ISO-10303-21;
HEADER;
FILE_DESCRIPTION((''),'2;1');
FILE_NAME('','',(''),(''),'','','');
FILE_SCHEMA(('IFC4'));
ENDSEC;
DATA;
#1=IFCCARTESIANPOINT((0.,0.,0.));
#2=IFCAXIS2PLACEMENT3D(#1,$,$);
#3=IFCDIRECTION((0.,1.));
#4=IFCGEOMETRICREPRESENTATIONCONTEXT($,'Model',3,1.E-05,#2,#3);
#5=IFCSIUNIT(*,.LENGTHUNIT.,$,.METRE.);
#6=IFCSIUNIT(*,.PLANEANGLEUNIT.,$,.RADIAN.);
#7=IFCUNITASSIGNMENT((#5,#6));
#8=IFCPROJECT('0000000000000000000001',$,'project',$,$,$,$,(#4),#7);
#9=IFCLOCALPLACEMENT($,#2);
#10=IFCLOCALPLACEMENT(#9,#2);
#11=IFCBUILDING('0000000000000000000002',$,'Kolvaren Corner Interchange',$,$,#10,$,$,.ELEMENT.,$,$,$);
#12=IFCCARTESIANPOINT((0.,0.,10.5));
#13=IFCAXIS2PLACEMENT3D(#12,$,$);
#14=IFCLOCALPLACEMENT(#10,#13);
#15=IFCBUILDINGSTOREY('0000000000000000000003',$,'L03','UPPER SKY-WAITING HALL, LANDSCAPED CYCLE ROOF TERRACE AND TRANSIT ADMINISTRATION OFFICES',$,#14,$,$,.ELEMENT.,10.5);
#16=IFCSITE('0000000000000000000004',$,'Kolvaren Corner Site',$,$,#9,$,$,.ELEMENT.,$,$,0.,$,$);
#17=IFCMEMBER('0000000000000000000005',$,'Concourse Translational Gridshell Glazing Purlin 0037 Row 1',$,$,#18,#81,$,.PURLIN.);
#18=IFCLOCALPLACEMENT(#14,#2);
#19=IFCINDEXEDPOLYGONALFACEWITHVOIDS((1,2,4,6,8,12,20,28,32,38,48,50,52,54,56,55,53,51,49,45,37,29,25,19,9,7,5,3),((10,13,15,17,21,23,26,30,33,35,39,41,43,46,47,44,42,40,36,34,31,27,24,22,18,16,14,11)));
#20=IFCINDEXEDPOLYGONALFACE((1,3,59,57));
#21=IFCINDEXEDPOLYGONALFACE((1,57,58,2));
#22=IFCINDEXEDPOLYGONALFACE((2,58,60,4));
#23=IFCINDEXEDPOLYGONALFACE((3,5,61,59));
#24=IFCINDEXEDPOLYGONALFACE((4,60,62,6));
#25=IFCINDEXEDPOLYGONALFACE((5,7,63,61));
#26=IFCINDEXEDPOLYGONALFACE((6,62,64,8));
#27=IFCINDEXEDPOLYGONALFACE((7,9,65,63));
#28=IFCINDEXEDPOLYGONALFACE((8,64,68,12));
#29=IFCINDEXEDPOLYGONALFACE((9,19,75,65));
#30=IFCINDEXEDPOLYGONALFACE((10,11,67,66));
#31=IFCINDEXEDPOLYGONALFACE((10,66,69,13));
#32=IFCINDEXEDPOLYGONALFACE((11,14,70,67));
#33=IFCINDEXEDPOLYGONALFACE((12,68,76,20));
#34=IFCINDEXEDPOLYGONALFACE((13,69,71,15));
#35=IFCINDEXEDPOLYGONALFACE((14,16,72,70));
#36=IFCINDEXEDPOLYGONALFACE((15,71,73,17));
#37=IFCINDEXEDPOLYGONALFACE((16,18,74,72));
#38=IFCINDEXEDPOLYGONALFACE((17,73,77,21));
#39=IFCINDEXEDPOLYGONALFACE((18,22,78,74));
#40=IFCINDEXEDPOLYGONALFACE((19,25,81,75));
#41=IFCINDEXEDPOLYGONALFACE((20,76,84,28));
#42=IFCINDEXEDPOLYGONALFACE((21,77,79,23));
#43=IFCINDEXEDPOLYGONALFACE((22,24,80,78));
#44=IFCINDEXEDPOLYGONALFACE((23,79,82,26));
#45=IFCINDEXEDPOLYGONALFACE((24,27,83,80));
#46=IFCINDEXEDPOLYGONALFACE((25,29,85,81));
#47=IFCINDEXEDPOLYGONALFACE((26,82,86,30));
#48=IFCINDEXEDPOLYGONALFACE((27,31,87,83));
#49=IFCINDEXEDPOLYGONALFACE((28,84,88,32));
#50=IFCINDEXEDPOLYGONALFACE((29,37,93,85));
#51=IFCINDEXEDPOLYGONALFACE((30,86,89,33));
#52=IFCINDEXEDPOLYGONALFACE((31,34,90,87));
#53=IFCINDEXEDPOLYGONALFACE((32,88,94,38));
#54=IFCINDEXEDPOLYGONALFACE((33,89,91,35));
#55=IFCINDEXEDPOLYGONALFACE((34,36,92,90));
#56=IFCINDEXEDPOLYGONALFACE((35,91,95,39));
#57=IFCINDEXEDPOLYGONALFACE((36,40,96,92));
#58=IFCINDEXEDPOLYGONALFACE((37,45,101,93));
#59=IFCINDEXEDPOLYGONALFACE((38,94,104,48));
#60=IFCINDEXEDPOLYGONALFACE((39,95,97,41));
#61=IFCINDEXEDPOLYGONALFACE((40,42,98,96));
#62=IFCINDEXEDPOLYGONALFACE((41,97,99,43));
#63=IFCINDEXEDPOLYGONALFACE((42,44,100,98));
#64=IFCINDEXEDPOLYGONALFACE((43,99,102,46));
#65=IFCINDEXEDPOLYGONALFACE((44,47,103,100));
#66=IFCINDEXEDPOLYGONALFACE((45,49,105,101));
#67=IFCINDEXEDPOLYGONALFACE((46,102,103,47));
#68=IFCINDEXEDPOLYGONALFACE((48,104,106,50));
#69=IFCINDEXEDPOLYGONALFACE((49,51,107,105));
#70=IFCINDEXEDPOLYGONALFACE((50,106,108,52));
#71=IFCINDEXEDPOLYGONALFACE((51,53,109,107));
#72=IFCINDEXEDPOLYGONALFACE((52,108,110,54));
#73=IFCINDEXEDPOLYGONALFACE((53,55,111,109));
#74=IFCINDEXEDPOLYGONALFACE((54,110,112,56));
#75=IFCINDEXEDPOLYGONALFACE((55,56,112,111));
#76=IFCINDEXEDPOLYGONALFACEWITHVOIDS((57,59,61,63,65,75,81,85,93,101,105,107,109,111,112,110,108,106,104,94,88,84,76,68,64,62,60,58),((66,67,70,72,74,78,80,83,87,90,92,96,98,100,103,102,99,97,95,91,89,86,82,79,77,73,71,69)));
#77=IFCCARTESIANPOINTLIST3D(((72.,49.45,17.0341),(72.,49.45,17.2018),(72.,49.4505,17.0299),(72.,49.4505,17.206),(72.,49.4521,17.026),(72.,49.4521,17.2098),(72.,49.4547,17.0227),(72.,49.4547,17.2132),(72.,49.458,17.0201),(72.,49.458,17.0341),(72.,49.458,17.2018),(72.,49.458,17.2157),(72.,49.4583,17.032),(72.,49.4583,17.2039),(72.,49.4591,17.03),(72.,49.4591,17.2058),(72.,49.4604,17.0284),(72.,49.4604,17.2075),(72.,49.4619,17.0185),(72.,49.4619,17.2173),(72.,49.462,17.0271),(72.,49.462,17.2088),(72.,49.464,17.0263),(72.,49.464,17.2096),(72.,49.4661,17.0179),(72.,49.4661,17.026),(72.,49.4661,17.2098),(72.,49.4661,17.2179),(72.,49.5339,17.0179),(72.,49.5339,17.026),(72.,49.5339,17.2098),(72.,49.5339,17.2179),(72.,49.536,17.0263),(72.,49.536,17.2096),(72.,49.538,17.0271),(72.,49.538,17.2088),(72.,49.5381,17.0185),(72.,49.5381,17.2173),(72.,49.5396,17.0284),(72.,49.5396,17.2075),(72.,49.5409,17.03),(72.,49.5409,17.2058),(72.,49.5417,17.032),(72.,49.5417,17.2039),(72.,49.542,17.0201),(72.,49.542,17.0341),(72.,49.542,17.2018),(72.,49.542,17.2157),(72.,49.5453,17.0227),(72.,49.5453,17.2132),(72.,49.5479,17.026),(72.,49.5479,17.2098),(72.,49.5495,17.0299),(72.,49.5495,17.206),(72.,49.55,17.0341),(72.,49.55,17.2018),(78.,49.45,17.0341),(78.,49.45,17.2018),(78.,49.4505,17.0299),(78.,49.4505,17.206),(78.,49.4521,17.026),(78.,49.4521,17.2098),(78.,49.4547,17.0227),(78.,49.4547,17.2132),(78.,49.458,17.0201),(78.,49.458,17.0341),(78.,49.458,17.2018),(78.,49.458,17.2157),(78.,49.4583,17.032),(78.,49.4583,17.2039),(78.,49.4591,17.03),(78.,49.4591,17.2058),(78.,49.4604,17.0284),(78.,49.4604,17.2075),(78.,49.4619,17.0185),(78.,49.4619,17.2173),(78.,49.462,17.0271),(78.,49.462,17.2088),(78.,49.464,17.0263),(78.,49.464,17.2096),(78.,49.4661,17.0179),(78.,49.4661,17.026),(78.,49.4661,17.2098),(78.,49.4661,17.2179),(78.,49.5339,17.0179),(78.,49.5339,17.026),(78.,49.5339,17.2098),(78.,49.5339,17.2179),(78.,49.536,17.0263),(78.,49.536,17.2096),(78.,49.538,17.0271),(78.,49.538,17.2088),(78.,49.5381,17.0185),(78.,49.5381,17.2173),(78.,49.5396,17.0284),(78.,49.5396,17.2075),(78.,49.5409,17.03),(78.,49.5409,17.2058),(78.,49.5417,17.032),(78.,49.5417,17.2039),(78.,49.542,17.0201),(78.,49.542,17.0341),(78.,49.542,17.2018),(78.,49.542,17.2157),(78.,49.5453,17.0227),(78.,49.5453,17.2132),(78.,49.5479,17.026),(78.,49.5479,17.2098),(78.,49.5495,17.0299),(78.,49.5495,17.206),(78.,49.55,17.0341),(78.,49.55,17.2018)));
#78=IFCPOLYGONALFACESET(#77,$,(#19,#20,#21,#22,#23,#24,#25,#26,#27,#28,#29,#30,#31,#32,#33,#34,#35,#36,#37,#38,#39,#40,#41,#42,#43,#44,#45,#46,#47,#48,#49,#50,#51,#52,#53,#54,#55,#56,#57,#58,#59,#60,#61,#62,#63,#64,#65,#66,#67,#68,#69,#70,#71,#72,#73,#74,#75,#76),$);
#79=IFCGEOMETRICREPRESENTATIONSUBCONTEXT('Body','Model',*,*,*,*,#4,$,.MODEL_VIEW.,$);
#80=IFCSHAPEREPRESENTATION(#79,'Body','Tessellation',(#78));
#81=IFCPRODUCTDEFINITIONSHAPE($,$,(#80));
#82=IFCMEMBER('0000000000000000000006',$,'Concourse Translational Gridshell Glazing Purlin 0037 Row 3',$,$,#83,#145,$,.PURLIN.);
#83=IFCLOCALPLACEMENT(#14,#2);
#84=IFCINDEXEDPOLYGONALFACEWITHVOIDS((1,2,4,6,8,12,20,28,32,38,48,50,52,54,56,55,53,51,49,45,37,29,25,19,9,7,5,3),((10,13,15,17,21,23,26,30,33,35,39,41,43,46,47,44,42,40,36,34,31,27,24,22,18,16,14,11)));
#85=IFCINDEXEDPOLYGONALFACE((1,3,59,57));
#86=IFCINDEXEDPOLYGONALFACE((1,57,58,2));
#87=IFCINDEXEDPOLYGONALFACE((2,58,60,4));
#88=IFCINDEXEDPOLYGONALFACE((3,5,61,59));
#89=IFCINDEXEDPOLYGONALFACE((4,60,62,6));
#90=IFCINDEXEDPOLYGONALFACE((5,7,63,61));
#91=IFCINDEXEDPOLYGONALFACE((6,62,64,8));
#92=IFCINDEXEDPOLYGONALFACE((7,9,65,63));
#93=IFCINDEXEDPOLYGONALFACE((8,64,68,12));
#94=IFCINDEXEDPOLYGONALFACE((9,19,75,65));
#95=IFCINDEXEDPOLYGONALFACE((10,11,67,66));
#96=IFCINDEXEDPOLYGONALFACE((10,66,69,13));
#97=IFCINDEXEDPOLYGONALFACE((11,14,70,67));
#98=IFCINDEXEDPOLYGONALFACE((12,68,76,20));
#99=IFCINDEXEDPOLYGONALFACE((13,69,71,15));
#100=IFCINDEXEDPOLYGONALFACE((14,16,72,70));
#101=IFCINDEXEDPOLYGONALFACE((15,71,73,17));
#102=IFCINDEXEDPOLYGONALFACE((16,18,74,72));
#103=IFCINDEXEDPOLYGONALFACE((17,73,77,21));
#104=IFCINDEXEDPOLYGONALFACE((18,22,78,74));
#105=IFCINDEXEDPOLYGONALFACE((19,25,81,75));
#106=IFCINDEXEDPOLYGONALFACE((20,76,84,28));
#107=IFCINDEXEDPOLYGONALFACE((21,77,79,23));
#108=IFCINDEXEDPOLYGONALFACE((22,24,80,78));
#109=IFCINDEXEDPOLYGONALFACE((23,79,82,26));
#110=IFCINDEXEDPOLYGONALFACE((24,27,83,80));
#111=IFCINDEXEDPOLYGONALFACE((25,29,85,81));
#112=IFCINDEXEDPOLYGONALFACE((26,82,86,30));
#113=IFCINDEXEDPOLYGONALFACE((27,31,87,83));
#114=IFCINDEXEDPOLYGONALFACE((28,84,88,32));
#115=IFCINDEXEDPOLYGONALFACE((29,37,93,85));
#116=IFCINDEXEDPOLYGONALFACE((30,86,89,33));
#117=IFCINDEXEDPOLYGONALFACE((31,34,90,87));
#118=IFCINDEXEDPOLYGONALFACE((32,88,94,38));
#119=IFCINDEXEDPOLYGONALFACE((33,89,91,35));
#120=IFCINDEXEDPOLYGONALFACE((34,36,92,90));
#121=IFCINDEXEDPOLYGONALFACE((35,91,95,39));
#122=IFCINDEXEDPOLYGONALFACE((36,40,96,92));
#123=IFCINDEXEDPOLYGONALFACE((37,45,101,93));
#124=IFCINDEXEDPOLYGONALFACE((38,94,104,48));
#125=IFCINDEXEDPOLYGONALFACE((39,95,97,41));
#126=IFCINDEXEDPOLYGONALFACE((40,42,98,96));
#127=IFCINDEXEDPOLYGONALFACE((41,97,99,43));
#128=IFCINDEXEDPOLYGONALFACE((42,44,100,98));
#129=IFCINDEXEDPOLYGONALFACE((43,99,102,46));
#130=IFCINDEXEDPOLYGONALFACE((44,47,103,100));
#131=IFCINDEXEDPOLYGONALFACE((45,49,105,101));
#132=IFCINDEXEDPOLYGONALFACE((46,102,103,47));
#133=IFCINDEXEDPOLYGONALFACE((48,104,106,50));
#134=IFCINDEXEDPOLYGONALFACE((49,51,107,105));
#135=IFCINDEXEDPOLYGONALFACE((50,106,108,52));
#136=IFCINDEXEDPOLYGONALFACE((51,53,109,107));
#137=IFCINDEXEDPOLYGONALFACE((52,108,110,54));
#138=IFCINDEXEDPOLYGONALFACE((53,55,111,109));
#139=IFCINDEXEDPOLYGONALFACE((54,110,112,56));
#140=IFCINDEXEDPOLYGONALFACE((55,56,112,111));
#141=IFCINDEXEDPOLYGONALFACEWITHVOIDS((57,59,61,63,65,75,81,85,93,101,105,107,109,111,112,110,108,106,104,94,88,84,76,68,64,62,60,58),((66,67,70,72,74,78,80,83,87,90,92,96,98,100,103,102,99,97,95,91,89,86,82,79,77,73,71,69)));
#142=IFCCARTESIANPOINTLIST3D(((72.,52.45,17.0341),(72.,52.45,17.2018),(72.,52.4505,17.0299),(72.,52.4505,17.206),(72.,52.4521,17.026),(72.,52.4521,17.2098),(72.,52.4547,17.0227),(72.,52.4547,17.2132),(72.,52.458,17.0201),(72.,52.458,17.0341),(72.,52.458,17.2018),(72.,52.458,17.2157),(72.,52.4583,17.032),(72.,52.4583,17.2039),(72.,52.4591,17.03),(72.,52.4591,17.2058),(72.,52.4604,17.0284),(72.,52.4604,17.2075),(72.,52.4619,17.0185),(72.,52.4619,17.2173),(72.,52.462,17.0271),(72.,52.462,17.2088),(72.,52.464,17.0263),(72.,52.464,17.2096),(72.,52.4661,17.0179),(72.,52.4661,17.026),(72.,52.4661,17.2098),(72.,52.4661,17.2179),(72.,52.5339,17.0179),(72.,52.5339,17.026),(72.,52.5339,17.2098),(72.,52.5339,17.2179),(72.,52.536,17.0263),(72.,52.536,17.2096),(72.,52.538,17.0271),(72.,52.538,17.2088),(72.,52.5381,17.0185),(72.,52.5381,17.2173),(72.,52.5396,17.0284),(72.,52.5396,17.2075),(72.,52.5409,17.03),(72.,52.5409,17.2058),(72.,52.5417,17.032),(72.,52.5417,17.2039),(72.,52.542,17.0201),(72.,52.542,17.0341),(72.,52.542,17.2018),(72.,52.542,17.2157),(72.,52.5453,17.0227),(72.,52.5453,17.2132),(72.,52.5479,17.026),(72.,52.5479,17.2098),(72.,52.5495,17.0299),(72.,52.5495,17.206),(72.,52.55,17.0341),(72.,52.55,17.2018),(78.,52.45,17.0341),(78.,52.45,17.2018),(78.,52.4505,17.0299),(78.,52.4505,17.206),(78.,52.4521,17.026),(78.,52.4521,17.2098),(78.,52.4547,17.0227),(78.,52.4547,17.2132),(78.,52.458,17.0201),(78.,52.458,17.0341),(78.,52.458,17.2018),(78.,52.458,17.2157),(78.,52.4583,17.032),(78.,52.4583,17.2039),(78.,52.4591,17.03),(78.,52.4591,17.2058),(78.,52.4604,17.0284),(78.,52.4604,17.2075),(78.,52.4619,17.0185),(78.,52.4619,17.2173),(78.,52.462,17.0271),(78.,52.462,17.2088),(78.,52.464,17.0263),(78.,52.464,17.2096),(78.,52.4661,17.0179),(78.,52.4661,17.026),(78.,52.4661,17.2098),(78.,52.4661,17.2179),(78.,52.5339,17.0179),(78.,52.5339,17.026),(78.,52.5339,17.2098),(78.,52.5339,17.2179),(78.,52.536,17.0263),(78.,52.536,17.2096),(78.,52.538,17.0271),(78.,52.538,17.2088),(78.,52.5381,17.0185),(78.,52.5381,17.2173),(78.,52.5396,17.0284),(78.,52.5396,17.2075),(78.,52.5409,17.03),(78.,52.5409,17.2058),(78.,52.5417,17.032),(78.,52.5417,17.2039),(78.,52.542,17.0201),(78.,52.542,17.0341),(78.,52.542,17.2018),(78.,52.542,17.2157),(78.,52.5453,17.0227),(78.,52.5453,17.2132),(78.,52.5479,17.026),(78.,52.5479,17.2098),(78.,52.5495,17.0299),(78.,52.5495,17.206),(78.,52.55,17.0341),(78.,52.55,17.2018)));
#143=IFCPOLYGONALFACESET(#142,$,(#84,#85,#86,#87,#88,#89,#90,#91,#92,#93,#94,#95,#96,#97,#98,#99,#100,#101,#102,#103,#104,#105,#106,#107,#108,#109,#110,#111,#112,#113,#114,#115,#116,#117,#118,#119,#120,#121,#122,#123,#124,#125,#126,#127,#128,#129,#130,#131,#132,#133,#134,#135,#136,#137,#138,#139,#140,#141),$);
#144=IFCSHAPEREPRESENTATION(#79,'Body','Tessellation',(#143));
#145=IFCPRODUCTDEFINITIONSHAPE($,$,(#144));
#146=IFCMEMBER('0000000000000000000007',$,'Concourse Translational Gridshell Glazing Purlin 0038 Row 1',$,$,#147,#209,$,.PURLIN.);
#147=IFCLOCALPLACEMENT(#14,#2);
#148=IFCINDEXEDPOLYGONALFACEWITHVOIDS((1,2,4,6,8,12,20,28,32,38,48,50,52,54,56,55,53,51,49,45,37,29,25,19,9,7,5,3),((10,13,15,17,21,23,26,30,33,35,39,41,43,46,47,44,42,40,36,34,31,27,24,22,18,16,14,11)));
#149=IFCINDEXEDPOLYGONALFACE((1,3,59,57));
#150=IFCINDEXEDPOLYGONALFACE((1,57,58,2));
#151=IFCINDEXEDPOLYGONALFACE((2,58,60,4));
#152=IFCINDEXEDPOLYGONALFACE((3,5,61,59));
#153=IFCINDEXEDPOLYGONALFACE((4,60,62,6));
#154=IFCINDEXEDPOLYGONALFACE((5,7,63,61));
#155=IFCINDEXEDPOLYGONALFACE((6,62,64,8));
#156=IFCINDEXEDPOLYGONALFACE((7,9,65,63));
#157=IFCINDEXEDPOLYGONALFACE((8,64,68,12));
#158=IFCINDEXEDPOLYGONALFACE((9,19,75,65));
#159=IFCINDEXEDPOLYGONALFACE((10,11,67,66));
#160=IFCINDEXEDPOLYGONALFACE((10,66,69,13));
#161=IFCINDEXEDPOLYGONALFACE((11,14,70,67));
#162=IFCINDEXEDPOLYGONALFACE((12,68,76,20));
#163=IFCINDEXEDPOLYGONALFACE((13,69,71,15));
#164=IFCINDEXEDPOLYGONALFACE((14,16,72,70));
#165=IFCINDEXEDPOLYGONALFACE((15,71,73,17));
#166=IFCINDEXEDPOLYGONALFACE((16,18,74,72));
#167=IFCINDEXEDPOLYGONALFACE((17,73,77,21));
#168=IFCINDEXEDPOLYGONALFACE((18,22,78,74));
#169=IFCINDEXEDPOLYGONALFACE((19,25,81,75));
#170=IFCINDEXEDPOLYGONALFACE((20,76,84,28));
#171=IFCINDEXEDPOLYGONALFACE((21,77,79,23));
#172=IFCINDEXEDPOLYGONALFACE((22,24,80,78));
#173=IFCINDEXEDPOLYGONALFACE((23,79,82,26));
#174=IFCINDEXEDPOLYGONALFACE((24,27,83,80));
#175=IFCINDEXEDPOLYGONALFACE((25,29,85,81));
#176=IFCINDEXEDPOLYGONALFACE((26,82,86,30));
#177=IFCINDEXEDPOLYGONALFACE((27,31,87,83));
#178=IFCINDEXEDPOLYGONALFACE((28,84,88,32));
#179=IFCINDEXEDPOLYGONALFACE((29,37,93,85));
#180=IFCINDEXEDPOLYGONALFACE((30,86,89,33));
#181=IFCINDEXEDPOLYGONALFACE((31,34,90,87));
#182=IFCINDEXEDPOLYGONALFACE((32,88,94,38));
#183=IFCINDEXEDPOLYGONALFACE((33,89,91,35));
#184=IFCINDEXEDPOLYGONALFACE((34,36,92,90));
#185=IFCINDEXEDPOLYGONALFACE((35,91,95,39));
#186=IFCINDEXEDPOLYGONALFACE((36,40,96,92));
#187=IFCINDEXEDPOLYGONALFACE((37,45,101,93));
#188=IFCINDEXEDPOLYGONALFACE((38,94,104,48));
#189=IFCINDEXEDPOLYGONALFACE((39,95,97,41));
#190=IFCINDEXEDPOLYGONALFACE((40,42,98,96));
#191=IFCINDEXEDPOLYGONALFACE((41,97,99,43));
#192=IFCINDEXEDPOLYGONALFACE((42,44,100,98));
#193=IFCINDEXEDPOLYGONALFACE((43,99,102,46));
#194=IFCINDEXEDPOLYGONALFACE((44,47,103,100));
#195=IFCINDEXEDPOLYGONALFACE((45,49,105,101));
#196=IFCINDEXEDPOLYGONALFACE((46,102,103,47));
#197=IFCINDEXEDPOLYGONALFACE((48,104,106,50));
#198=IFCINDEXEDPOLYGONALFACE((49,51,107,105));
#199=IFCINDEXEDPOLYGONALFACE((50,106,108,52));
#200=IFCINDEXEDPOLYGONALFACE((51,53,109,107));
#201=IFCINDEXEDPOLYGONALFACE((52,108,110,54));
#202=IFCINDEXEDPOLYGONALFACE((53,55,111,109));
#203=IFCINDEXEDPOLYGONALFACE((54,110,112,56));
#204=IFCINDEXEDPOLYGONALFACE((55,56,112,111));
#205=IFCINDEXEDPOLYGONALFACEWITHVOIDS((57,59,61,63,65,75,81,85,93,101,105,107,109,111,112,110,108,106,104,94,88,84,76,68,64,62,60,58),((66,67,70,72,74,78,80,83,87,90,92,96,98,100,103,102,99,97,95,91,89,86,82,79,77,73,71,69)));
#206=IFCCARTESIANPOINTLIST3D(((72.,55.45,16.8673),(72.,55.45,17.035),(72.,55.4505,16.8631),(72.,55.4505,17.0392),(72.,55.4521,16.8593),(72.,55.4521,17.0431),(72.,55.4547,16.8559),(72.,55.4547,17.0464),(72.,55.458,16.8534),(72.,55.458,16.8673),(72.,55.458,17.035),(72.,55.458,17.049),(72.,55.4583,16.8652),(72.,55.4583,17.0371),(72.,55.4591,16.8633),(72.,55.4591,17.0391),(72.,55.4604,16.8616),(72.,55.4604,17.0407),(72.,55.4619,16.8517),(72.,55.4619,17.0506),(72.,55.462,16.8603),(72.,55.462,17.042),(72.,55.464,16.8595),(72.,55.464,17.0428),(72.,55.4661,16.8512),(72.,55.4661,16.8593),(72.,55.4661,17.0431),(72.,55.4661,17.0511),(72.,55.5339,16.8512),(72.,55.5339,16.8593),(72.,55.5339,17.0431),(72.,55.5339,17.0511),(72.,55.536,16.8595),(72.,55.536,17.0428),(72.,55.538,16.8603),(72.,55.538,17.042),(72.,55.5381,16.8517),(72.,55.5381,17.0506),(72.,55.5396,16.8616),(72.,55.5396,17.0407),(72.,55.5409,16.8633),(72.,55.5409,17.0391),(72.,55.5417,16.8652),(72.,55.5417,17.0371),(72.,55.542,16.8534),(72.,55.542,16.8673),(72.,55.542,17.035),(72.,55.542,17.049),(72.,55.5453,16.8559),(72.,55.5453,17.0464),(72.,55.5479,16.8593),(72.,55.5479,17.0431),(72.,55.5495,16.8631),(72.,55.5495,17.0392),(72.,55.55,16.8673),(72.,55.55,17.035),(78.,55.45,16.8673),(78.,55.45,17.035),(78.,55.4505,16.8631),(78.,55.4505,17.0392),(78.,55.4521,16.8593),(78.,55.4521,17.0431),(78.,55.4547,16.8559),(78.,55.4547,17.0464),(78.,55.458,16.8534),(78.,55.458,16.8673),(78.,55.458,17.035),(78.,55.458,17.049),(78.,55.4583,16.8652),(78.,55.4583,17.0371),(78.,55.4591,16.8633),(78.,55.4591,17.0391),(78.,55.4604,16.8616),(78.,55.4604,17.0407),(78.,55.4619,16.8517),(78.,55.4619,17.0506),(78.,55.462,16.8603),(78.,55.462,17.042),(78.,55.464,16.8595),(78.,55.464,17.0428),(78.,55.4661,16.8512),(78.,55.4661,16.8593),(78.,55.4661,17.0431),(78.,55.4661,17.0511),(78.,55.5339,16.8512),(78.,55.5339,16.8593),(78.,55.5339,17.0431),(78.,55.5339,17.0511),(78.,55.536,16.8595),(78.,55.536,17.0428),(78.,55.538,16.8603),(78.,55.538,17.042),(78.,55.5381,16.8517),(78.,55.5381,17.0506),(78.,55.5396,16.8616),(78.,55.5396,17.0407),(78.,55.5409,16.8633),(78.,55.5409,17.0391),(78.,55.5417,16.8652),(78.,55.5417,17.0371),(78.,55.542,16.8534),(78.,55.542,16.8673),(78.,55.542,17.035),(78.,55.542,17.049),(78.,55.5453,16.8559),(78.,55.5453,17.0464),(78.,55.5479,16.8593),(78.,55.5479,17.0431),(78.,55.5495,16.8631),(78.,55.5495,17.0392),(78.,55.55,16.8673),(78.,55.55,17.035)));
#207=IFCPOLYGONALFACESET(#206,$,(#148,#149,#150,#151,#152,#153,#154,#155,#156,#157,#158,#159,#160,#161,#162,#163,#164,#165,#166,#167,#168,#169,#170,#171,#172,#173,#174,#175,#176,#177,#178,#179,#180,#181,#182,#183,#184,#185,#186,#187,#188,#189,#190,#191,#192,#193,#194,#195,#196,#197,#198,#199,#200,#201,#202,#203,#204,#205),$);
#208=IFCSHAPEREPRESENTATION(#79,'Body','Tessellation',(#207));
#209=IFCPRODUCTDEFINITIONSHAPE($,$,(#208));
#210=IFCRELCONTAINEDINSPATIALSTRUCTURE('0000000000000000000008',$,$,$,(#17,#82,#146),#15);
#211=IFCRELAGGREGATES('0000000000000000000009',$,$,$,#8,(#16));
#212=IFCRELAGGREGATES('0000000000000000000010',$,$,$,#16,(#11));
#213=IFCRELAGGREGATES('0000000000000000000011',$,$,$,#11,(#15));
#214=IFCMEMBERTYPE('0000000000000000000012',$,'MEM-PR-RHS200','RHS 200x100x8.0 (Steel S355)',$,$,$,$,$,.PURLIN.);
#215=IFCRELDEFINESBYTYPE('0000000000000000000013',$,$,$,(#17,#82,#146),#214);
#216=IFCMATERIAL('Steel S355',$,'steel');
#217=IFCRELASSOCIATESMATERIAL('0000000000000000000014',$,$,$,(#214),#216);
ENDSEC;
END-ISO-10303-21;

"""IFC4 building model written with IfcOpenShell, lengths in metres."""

from ifc_helpers import new_model, si_unit, direction, frame, origin, origin_2d, place, context, subcontext, project, spatial, hollow_rectangle, extrude, material, material_profile, profile_set, type_object, element, save


model = new_model("IFC4")

# Units and contexts
model_context = context("Model", 3, precision=1e-05, world=origin(), true_north=direction((0.0, 1.0)))
body_context = subcontext(model_context, "Body", "Model", "MODEL_VIEW")
ifc_project = project(units=[si_unit("LENGTHUNIT", "METRE"), si_unit("PLANEANGLEUNIT", "RADIAN")], contexts=[model_context])

# Site, building, storey
site_placement = place(None, origin())
site = spatial("IfcSite", under=ifc_project, at=site_placement, Name="Kolvaren Corner Site", CompositionType="ELEMENT", RefElevation=0.0)
building_placement = place(site_placement, origin())
building = spatial("IfcBuilding", under=site, at=building_placement, Name="Kolvaren Corner Interchange", CompositionType="ELEMENT")
storey_placement = place(building_placement, frame((0.0, 0.0, 10.5)))
storey = spatial("IfcBuildingStorey", under=building, at=storey_placement, Name="L03", Description="UPPER SKY-WAITING HALL, LANDSCAPED CYCLE ROOF TERRACE AND TRANSIT ADMINISTRATION OFFICES", CompositionType="ELEMENT", Elevation=10.5)

# Members
ifc_material_1 = material(Name="Steel S355", Category="steel")
ifc_material_profile_1 = material_profile(ifc_material_1, hollow_rectangle(XDim=0.1001, YDim=0.2, WallThickness=0.0081, InnerFilletRadius=0.0081, OuterFilletRadius=0.0161, at=origin_2d()), Name="RHS 200x100x8.0")
ifc_profile_set_1 = profile_set([ifc_material_profile_1], Name="Steel S355")
member_type_1 = type_object("IfcMemberType", Name="MEM-PR-RHS200", Description="RHS 200x100x8.0 (Steel S355)", PredefinedType="PURLIN", material=ifc_profile_set_1)
for number, where, z_axis, x_axis, name in (
    (1, (72.0, 49.5, 17.1179), (1.0, 0.0, 0.0), (0.0, 1.0, 0.0), "Concourse Translational Gridshell Glazing Purlin 0037 Row 1"),
    (2, (72.0, 52.5, 17.1179), (1.0, 0.0, 0.0), (0.0, 1.0, 0.0), "Concourse Translational Gridshell Glazing Purlin 0037 Row 3"),
    (3, (72.0, 55.5, 16.9512), (1.0, 0.0, 0.0), (0.0, 1.0, 0.0), "Concourse Translational Gridshell Glazing Purlin 0038 Row 1"),
):
    element("IfcMember", number, at=place(storey_placement, frame(where, z_axis=z_axis, x_axis=x_axis)), inside=storey, type_object=member_type_1, Name=name, PredefinedType="PURLIN", context=body_context, shape_type="SweptSolid", body=[
        extrude(hollow_rectangle(XDim=0.1001, YDim=0.2, WallThickness=0.0081, InnerFilletRadius=0.0081, OuterFilletRadius=0.0161, at=origin_2d()), origin(), (0.0, 0.0, 1.0), 6.0),
    ])

save(model, "model.ifc")
